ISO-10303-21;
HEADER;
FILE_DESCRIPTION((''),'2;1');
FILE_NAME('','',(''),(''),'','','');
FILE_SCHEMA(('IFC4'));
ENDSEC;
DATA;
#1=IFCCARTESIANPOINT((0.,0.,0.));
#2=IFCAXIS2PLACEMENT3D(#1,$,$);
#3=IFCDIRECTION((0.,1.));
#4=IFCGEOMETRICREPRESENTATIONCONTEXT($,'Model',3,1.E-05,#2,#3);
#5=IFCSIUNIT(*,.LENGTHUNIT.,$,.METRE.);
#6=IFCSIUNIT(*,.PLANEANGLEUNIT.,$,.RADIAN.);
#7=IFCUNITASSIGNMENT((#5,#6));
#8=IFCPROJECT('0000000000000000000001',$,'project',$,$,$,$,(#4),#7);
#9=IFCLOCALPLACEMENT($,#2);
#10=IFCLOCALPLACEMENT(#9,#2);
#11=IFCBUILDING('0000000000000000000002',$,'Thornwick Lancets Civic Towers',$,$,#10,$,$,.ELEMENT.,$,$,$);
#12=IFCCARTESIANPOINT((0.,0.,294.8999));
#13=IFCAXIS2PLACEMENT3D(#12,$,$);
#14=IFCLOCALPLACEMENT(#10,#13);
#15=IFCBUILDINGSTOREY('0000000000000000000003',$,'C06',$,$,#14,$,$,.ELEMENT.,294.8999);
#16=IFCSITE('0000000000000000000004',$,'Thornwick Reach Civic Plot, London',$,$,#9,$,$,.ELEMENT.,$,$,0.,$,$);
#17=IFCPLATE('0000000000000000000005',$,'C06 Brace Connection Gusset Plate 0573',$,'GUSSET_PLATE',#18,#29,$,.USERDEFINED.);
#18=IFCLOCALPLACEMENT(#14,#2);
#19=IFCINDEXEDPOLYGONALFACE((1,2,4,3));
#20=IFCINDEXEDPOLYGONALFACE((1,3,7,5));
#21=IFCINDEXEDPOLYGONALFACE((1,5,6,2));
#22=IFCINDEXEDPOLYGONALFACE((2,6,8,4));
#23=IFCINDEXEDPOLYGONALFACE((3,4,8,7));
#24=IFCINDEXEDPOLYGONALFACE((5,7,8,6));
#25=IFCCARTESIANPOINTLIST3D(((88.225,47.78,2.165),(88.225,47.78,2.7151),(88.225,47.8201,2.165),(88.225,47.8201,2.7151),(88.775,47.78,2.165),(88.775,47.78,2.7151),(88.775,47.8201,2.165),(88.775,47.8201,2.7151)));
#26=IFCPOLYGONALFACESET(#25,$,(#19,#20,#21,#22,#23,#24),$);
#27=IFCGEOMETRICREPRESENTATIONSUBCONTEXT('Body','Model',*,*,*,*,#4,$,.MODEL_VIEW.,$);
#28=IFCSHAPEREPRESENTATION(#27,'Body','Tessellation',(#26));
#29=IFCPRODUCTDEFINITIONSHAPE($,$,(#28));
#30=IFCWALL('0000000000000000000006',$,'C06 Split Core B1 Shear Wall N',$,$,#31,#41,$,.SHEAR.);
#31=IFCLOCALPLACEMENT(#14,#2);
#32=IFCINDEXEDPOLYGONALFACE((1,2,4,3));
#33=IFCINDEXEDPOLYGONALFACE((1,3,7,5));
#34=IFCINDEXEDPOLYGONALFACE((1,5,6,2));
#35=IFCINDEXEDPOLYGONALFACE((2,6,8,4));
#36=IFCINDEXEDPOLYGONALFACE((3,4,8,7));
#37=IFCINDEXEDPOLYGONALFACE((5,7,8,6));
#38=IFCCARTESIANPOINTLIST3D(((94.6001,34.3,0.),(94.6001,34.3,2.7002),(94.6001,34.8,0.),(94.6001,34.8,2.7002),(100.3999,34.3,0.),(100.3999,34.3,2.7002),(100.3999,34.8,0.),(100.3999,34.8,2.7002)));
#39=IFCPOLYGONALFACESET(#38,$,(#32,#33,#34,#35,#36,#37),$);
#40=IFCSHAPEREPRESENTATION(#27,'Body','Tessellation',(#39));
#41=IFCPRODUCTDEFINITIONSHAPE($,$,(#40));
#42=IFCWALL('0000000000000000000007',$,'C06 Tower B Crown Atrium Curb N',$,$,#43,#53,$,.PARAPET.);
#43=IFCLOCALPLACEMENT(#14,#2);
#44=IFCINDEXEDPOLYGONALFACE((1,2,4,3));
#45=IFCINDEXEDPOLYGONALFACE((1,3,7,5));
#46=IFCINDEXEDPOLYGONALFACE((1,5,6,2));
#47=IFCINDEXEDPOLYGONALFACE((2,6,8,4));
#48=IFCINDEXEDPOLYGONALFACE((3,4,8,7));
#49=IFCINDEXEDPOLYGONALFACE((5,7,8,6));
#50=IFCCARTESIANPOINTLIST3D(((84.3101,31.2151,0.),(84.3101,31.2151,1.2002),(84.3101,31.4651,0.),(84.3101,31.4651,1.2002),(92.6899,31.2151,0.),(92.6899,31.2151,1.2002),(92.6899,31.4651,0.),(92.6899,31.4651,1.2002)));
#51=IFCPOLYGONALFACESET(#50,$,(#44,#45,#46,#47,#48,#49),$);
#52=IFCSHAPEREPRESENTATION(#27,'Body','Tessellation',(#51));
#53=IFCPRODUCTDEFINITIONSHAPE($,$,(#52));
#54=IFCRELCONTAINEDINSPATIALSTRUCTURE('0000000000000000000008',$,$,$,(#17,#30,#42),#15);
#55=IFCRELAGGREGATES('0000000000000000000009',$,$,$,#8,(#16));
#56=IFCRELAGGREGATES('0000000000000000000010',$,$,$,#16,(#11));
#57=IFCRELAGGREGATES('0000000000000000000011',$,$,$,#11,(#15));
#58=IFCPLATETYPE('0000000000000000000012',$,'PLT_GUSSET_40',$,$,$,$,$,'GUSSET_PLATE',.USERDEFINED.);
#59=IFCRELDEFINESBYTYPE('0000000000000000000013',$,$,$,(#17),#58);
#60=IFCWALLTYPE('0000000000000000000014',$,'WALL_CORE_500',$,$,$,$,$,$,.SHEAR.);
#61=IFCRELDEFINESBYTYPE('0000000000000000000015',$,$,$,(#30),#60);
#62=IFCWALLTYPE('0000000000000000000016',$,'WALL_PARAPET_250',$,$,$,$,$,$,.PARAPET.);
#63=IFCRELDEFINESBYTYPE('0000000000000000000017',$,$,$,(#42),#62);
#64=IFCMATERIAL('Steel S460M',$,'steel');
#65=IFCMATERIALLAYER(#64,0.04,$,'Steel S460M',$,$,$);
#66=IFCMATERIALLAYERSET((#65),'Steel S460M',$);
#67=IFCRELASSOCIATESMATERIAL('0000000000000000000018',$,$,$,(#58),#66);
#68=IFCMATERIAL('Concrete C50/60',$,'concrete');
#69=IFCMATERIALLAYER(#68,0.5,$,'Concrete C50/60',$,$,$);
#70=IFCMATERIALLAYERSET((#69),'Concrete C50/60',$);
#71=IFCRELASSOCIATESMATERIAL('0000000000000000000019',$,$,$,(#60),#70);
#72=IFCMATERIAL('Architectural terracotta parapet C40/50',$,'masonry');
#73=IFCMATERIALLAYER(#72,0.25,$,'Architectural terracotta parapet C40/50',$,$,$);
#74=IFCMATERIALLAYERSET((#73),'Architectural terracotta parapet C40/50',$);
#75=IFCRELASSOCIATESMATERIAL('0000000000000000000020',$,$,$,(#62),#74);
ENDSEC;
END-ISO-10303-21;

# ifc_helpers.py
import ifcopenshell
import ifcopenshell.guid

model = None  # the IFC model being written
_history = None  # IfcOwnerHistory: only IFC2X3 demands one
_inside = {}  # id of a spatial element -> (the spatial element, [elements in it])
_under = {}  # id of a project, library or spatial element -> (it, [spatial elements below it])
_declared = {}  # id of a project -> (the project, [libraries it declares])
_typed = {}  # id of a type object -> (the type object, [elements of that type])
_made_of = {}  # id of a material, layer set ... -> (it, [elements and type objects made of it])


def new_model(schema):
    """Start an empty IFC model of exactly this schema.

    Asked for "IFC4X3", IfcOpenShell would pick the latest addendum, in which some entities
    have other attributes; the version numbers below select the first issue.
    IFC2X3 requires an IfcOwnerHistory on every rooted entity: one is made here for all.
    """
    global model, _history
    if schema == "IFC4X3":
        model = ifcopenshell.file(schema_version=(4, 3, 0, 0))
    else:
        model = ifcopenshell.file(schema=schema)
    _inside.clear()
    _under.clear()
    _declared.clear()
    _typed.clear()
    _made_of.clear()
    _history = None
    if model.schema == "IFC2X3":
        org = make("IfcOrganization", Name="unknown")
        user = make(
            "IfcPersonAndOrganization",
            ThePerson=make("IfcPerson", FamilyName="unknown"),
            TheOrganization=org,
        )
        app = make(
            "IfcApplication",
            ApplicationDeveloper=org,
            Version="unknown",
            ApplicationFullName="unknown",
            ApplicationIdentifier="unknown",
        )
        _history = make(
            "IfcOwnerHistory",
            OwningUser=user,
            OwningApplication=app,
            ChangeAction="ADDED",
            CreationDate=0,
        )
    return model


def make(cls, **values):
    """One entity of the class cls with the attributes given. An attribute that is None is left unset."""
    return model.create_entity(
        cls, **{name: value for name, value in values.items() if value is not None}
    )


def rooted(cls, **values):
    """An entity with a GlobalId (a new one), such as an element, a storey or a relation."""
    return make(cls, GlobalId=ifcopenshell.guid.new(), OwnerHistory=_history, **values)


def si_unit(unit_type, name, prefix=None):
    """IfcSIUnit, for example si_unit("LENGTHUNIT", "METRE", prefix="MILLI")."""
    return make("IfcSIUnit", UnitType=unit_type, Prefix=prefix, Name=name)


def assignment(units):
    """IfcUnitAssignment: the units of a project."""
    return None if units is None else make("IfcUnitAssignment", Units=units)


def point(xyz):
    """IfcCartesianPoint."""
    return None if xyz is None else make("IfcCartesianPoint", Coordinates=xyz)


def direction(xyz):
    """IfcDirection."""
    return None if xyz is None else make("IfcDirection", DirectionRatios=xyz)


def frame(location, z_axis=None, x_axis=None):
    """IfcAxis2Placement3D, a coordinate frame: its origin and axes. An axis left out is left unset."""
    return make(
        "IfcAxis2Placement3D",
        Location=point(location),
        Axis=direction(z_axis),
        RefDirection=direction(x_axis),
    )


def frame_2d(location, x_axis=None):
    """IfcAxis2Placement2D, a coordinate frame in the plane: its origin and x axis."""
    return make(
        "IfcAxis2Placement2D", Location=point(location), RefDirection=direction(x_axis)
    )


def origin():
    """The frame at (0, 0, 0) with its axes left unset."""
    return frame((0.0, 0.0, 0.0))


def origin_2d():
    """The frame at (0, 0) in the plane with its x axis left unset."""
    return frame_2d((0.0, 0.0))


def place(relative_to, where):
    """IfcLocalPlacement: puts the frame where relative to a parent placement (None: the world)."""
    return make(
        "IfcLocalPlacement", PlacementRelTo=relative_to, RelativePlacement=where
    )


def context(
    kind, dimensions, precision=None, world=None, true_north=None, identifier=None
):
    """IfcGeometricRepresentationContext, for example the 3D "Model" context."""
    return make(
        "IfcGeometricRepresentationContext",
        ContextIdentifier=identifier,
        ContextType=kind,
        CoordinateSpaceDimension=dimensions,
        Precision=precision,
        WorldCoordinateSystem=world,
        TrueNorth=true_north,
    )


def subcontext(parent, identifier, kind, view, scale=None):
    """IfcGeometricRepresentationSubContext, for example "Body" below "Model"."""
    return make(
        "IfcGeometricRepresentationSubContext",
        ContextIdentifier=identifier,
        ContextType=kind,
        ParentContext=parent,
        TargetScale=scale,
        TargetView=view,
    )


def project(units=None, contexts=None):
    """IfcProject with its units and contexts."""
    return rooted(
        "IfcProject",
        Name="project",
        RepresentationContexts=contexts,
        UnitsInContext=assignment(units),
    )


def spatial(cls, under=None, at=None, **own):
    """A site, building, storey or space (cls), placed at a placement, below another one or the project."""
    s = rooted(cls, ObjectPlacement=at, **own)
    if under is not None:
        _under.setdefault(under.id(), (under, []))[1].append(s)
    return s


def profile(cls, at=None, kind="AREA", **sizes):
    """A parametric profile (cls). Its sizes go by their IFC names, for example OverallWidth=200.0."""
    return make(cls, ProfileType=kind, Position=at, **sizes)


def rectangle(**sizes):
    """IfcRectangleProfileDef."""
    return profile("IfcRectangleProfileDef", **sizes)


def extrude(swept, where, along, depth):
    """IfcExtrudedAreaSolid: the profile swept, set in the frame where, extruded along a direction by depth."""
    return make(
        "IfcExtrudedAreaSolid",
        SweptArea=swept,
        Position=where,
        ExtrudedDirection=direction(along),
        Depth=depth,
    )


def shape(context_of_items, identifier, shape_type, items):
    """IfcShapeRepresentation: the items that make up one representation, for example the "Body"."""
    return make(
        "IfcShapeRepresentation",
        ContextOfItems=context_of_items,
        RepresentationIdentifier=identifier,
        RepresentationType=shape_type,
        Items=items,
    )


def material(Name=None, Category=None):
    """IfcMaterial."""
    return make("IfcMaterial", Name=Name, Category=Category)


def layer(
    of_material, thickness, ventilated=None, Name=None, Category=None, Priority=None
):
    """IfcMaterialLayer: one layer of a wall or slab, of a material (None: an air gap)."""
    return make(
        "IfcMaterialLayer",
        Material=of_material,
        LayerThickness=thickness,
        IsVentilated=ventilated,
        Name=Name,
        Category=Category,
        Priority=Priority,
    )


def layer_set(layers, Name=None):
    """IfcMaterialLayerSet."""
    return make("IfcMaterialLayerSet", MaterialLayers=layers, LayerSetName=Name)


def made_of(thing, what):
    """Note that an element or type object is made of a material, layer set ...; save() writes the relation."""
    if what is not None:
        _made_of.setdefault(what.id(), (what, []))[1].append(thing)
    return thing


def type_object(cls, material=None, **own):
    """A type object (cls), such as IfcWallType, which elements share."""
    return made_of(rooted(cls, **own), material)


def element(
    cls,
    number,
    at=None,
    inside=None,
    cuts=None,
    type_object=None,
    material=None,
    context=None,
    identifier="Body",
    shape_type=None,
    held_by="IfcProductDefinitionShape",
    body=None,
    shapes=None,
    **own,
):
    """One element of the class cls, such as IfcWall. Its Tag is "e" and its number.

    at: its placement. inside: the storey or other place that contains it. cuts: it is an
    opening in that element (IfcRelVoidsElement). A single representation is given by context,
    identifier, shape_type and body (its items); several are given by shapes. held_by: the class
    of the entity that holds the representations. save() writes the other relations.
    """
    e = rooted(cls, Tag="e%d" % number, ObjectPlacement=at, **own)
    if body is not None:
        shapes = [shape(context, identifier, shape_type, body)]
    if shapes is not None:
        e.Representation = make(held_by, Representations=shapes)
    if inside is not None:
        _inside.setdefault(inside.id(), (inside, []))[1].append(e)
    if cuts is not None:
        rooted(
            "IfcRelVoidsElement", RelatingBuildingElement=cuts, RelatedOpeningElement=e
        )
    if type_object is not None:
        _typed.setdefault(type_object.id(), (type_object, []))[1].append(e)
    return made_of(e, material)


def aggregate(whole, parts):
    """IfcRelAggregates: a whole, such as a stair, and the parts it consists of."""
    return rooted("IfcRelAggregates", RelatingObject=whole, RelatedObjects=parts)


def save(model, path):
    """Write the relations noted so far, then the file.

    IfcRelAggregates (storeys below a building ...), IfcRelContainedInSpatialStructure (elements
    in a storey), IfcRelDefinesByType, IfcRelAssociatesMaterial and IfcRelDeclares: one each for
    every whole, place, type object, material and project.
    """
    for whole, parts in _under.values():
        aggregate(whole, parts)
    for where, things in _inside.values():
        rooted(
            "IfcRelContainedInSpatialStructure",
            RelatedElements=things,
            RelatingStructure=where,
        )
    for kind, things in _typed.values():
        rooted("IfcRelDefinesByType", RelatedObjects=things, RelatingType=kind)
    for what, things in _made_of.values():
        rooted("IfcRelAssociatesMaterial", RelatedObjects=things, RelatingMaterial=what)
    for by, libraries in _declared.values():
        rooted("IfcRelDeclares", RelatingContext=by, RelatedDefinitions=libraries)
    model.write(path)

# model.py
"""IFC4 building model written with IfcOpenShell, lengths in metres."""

from ifc_helpers import new_model, si_unit, direction, frame, frame_2d, origin, origin_2d, place, context, subcontext, project, spatial, rectangle, extrude, material, layer, layer_set, type_object, element, save


model = new_model("IFC4")

# Units and contexts
model_context = context("Model", 3, precision=1e-05, world=origin(), true_north=direction((0.0, 1.0)))
body_context = subcontext(model_context, "Body", "Model", "MODEL_VIEW")
ifc_project = project(units=[si_unit("LENGTHUNIT", "METRE"), si_unit("PLANEANGLEUNIT", "RADIAN")], contexts=[model_context])

# Site, building, storey
site_placement = place(None, origin())
site = spatial("IfcSite", under=ifc_project, at=site_placement, Name="Thornwick Reach Civic Plot, London", CompositionType="ELEMENT", RefElevation=0.0)
building_placement = place(site_placement, origin())
building = spatial("IfcBuilding", under=site, at=building_placement, Name="Thornwick Lancets Civic Towers", CompositionType="ELEMENT")
storey_placement = place(building_placement, frame((0.0, 0.0, 294.8999)))
storey = spatial("IfcBuildingStorey", under=building, at=storey_placement, Name="C06", CompositionType="ELEMENT", Elevation=294.8999)

# Plate
ifc_material_1 = material(Name="Steel S460M", Category="steel")
ifc_layer_1 = layer(ifc_material_1, 0.04, Name="Steel S460M")
ifc_layer_set_1 = layer_set([ifc_layer_1], Name="Steel S460M")
plate_type_1 = type_object("IfcPlateType", Name="PLT_GUSSET_40", ElementType="GUSSET_PLATE", PredefinedType="USERDEFINED", material=ifc_layer_set_1)
for number, where, z_axis, x_axis, name in (
    (1, (88.5, 47.8, 2.165), (0.0, 0.0, 1.0), (-1.0, 0.0, 0.0), "C06 Brace Connection Gusset Plate 0573"),
):
    element("IfcPlate", number, at=place(storey_placement, frame(where, z_axis=z_axis, x_axis=x_axis)), inside=storey, type_object=plate_type_1, Name=name, ObjectType="GUSSET_PLATE", PredefinedType="USERDEFINED", context=body_context, shape_type="SweptSolid", body=[
        extrude(rectangle(XDim=0.55, YDim=0.04, at=origin_2d()), origin(), (0.0, 0.0, 1.0), 0.55),
    ])

# Walls
ifc_material_2 = material(Name="Concrete C50/60", Category="concrete")
ifc_layer_2 = layer(ifc_material_2, 0.5, Name="Concrete C50/60")
ifc_layer_set_2 = layer_set([ifc_layer_2], Name="Concrete C50/60")
wall_type_1 = type_object("IfcWallType", Name="WALL_CORE_500", PredefinedType="SHEAR", material=ifc_layer_set_2)
wall_1_placement = place(storey_placement, frame((94.6001, 34.55, 0.0), z_axis=(0.0, 0.0, 1.0), x_axis=(1.0, 0.0, 0.0)))
element("IfcWall", 2, at=wall_1_placement, inside=storey, type_object=wall_type_1, Name="C06 Split Core B1 Shear Wall N", PredefinedType="SHEAR", context=body_context, shape_type="SweptSolid", body=[
    extrude(rectangle(XDim=5.7998, YDim=0.5, at=frame_2d((2.8999, 0.0))), origin(), (0.0, 0.0, 1.0), 2.7002),
])
ifc_material_3 = material(Name="Architectural terracotta parapet C40/50", Category="masonry")
ifc_layer_3 = layer(ifc_material_3, 0.25, Name="Architectural terracotta parapet C40/50")
ifc_layer_set_3 = layer_set([ifc_layer_3], Name="Architectural terracotta parapet C40/50")
wall_type_2 = type_object("IfcWallType", Name="WALL_PARAPET_250", PredefinedType="PARAPET", material=ifc_layer_set_3)
wall_2_placement = place(storey_placement, frame((92.6899, 31.3401, 0.0), z_axis=(0.0, 0.0, 1.0), x_axis=(-1.0, 0.0, 0.0)))
element("IfcWall", 3, at=wall_2_placement, inside=storey, type_object=wall_type_2, Name="C06 Tower B Crown Atrium Curb N", PredefinedType="PARAPET", context=body_context, shape_type="SweptSolid", body=[
    extrude(rectangle(XDim=8.3799, YDim=0.25, at=frame_2d((4.1899, 0.0))), origin(), (0.0, 0.0, 1.0), 1.2002),
])

save(model, "model.ifc")
